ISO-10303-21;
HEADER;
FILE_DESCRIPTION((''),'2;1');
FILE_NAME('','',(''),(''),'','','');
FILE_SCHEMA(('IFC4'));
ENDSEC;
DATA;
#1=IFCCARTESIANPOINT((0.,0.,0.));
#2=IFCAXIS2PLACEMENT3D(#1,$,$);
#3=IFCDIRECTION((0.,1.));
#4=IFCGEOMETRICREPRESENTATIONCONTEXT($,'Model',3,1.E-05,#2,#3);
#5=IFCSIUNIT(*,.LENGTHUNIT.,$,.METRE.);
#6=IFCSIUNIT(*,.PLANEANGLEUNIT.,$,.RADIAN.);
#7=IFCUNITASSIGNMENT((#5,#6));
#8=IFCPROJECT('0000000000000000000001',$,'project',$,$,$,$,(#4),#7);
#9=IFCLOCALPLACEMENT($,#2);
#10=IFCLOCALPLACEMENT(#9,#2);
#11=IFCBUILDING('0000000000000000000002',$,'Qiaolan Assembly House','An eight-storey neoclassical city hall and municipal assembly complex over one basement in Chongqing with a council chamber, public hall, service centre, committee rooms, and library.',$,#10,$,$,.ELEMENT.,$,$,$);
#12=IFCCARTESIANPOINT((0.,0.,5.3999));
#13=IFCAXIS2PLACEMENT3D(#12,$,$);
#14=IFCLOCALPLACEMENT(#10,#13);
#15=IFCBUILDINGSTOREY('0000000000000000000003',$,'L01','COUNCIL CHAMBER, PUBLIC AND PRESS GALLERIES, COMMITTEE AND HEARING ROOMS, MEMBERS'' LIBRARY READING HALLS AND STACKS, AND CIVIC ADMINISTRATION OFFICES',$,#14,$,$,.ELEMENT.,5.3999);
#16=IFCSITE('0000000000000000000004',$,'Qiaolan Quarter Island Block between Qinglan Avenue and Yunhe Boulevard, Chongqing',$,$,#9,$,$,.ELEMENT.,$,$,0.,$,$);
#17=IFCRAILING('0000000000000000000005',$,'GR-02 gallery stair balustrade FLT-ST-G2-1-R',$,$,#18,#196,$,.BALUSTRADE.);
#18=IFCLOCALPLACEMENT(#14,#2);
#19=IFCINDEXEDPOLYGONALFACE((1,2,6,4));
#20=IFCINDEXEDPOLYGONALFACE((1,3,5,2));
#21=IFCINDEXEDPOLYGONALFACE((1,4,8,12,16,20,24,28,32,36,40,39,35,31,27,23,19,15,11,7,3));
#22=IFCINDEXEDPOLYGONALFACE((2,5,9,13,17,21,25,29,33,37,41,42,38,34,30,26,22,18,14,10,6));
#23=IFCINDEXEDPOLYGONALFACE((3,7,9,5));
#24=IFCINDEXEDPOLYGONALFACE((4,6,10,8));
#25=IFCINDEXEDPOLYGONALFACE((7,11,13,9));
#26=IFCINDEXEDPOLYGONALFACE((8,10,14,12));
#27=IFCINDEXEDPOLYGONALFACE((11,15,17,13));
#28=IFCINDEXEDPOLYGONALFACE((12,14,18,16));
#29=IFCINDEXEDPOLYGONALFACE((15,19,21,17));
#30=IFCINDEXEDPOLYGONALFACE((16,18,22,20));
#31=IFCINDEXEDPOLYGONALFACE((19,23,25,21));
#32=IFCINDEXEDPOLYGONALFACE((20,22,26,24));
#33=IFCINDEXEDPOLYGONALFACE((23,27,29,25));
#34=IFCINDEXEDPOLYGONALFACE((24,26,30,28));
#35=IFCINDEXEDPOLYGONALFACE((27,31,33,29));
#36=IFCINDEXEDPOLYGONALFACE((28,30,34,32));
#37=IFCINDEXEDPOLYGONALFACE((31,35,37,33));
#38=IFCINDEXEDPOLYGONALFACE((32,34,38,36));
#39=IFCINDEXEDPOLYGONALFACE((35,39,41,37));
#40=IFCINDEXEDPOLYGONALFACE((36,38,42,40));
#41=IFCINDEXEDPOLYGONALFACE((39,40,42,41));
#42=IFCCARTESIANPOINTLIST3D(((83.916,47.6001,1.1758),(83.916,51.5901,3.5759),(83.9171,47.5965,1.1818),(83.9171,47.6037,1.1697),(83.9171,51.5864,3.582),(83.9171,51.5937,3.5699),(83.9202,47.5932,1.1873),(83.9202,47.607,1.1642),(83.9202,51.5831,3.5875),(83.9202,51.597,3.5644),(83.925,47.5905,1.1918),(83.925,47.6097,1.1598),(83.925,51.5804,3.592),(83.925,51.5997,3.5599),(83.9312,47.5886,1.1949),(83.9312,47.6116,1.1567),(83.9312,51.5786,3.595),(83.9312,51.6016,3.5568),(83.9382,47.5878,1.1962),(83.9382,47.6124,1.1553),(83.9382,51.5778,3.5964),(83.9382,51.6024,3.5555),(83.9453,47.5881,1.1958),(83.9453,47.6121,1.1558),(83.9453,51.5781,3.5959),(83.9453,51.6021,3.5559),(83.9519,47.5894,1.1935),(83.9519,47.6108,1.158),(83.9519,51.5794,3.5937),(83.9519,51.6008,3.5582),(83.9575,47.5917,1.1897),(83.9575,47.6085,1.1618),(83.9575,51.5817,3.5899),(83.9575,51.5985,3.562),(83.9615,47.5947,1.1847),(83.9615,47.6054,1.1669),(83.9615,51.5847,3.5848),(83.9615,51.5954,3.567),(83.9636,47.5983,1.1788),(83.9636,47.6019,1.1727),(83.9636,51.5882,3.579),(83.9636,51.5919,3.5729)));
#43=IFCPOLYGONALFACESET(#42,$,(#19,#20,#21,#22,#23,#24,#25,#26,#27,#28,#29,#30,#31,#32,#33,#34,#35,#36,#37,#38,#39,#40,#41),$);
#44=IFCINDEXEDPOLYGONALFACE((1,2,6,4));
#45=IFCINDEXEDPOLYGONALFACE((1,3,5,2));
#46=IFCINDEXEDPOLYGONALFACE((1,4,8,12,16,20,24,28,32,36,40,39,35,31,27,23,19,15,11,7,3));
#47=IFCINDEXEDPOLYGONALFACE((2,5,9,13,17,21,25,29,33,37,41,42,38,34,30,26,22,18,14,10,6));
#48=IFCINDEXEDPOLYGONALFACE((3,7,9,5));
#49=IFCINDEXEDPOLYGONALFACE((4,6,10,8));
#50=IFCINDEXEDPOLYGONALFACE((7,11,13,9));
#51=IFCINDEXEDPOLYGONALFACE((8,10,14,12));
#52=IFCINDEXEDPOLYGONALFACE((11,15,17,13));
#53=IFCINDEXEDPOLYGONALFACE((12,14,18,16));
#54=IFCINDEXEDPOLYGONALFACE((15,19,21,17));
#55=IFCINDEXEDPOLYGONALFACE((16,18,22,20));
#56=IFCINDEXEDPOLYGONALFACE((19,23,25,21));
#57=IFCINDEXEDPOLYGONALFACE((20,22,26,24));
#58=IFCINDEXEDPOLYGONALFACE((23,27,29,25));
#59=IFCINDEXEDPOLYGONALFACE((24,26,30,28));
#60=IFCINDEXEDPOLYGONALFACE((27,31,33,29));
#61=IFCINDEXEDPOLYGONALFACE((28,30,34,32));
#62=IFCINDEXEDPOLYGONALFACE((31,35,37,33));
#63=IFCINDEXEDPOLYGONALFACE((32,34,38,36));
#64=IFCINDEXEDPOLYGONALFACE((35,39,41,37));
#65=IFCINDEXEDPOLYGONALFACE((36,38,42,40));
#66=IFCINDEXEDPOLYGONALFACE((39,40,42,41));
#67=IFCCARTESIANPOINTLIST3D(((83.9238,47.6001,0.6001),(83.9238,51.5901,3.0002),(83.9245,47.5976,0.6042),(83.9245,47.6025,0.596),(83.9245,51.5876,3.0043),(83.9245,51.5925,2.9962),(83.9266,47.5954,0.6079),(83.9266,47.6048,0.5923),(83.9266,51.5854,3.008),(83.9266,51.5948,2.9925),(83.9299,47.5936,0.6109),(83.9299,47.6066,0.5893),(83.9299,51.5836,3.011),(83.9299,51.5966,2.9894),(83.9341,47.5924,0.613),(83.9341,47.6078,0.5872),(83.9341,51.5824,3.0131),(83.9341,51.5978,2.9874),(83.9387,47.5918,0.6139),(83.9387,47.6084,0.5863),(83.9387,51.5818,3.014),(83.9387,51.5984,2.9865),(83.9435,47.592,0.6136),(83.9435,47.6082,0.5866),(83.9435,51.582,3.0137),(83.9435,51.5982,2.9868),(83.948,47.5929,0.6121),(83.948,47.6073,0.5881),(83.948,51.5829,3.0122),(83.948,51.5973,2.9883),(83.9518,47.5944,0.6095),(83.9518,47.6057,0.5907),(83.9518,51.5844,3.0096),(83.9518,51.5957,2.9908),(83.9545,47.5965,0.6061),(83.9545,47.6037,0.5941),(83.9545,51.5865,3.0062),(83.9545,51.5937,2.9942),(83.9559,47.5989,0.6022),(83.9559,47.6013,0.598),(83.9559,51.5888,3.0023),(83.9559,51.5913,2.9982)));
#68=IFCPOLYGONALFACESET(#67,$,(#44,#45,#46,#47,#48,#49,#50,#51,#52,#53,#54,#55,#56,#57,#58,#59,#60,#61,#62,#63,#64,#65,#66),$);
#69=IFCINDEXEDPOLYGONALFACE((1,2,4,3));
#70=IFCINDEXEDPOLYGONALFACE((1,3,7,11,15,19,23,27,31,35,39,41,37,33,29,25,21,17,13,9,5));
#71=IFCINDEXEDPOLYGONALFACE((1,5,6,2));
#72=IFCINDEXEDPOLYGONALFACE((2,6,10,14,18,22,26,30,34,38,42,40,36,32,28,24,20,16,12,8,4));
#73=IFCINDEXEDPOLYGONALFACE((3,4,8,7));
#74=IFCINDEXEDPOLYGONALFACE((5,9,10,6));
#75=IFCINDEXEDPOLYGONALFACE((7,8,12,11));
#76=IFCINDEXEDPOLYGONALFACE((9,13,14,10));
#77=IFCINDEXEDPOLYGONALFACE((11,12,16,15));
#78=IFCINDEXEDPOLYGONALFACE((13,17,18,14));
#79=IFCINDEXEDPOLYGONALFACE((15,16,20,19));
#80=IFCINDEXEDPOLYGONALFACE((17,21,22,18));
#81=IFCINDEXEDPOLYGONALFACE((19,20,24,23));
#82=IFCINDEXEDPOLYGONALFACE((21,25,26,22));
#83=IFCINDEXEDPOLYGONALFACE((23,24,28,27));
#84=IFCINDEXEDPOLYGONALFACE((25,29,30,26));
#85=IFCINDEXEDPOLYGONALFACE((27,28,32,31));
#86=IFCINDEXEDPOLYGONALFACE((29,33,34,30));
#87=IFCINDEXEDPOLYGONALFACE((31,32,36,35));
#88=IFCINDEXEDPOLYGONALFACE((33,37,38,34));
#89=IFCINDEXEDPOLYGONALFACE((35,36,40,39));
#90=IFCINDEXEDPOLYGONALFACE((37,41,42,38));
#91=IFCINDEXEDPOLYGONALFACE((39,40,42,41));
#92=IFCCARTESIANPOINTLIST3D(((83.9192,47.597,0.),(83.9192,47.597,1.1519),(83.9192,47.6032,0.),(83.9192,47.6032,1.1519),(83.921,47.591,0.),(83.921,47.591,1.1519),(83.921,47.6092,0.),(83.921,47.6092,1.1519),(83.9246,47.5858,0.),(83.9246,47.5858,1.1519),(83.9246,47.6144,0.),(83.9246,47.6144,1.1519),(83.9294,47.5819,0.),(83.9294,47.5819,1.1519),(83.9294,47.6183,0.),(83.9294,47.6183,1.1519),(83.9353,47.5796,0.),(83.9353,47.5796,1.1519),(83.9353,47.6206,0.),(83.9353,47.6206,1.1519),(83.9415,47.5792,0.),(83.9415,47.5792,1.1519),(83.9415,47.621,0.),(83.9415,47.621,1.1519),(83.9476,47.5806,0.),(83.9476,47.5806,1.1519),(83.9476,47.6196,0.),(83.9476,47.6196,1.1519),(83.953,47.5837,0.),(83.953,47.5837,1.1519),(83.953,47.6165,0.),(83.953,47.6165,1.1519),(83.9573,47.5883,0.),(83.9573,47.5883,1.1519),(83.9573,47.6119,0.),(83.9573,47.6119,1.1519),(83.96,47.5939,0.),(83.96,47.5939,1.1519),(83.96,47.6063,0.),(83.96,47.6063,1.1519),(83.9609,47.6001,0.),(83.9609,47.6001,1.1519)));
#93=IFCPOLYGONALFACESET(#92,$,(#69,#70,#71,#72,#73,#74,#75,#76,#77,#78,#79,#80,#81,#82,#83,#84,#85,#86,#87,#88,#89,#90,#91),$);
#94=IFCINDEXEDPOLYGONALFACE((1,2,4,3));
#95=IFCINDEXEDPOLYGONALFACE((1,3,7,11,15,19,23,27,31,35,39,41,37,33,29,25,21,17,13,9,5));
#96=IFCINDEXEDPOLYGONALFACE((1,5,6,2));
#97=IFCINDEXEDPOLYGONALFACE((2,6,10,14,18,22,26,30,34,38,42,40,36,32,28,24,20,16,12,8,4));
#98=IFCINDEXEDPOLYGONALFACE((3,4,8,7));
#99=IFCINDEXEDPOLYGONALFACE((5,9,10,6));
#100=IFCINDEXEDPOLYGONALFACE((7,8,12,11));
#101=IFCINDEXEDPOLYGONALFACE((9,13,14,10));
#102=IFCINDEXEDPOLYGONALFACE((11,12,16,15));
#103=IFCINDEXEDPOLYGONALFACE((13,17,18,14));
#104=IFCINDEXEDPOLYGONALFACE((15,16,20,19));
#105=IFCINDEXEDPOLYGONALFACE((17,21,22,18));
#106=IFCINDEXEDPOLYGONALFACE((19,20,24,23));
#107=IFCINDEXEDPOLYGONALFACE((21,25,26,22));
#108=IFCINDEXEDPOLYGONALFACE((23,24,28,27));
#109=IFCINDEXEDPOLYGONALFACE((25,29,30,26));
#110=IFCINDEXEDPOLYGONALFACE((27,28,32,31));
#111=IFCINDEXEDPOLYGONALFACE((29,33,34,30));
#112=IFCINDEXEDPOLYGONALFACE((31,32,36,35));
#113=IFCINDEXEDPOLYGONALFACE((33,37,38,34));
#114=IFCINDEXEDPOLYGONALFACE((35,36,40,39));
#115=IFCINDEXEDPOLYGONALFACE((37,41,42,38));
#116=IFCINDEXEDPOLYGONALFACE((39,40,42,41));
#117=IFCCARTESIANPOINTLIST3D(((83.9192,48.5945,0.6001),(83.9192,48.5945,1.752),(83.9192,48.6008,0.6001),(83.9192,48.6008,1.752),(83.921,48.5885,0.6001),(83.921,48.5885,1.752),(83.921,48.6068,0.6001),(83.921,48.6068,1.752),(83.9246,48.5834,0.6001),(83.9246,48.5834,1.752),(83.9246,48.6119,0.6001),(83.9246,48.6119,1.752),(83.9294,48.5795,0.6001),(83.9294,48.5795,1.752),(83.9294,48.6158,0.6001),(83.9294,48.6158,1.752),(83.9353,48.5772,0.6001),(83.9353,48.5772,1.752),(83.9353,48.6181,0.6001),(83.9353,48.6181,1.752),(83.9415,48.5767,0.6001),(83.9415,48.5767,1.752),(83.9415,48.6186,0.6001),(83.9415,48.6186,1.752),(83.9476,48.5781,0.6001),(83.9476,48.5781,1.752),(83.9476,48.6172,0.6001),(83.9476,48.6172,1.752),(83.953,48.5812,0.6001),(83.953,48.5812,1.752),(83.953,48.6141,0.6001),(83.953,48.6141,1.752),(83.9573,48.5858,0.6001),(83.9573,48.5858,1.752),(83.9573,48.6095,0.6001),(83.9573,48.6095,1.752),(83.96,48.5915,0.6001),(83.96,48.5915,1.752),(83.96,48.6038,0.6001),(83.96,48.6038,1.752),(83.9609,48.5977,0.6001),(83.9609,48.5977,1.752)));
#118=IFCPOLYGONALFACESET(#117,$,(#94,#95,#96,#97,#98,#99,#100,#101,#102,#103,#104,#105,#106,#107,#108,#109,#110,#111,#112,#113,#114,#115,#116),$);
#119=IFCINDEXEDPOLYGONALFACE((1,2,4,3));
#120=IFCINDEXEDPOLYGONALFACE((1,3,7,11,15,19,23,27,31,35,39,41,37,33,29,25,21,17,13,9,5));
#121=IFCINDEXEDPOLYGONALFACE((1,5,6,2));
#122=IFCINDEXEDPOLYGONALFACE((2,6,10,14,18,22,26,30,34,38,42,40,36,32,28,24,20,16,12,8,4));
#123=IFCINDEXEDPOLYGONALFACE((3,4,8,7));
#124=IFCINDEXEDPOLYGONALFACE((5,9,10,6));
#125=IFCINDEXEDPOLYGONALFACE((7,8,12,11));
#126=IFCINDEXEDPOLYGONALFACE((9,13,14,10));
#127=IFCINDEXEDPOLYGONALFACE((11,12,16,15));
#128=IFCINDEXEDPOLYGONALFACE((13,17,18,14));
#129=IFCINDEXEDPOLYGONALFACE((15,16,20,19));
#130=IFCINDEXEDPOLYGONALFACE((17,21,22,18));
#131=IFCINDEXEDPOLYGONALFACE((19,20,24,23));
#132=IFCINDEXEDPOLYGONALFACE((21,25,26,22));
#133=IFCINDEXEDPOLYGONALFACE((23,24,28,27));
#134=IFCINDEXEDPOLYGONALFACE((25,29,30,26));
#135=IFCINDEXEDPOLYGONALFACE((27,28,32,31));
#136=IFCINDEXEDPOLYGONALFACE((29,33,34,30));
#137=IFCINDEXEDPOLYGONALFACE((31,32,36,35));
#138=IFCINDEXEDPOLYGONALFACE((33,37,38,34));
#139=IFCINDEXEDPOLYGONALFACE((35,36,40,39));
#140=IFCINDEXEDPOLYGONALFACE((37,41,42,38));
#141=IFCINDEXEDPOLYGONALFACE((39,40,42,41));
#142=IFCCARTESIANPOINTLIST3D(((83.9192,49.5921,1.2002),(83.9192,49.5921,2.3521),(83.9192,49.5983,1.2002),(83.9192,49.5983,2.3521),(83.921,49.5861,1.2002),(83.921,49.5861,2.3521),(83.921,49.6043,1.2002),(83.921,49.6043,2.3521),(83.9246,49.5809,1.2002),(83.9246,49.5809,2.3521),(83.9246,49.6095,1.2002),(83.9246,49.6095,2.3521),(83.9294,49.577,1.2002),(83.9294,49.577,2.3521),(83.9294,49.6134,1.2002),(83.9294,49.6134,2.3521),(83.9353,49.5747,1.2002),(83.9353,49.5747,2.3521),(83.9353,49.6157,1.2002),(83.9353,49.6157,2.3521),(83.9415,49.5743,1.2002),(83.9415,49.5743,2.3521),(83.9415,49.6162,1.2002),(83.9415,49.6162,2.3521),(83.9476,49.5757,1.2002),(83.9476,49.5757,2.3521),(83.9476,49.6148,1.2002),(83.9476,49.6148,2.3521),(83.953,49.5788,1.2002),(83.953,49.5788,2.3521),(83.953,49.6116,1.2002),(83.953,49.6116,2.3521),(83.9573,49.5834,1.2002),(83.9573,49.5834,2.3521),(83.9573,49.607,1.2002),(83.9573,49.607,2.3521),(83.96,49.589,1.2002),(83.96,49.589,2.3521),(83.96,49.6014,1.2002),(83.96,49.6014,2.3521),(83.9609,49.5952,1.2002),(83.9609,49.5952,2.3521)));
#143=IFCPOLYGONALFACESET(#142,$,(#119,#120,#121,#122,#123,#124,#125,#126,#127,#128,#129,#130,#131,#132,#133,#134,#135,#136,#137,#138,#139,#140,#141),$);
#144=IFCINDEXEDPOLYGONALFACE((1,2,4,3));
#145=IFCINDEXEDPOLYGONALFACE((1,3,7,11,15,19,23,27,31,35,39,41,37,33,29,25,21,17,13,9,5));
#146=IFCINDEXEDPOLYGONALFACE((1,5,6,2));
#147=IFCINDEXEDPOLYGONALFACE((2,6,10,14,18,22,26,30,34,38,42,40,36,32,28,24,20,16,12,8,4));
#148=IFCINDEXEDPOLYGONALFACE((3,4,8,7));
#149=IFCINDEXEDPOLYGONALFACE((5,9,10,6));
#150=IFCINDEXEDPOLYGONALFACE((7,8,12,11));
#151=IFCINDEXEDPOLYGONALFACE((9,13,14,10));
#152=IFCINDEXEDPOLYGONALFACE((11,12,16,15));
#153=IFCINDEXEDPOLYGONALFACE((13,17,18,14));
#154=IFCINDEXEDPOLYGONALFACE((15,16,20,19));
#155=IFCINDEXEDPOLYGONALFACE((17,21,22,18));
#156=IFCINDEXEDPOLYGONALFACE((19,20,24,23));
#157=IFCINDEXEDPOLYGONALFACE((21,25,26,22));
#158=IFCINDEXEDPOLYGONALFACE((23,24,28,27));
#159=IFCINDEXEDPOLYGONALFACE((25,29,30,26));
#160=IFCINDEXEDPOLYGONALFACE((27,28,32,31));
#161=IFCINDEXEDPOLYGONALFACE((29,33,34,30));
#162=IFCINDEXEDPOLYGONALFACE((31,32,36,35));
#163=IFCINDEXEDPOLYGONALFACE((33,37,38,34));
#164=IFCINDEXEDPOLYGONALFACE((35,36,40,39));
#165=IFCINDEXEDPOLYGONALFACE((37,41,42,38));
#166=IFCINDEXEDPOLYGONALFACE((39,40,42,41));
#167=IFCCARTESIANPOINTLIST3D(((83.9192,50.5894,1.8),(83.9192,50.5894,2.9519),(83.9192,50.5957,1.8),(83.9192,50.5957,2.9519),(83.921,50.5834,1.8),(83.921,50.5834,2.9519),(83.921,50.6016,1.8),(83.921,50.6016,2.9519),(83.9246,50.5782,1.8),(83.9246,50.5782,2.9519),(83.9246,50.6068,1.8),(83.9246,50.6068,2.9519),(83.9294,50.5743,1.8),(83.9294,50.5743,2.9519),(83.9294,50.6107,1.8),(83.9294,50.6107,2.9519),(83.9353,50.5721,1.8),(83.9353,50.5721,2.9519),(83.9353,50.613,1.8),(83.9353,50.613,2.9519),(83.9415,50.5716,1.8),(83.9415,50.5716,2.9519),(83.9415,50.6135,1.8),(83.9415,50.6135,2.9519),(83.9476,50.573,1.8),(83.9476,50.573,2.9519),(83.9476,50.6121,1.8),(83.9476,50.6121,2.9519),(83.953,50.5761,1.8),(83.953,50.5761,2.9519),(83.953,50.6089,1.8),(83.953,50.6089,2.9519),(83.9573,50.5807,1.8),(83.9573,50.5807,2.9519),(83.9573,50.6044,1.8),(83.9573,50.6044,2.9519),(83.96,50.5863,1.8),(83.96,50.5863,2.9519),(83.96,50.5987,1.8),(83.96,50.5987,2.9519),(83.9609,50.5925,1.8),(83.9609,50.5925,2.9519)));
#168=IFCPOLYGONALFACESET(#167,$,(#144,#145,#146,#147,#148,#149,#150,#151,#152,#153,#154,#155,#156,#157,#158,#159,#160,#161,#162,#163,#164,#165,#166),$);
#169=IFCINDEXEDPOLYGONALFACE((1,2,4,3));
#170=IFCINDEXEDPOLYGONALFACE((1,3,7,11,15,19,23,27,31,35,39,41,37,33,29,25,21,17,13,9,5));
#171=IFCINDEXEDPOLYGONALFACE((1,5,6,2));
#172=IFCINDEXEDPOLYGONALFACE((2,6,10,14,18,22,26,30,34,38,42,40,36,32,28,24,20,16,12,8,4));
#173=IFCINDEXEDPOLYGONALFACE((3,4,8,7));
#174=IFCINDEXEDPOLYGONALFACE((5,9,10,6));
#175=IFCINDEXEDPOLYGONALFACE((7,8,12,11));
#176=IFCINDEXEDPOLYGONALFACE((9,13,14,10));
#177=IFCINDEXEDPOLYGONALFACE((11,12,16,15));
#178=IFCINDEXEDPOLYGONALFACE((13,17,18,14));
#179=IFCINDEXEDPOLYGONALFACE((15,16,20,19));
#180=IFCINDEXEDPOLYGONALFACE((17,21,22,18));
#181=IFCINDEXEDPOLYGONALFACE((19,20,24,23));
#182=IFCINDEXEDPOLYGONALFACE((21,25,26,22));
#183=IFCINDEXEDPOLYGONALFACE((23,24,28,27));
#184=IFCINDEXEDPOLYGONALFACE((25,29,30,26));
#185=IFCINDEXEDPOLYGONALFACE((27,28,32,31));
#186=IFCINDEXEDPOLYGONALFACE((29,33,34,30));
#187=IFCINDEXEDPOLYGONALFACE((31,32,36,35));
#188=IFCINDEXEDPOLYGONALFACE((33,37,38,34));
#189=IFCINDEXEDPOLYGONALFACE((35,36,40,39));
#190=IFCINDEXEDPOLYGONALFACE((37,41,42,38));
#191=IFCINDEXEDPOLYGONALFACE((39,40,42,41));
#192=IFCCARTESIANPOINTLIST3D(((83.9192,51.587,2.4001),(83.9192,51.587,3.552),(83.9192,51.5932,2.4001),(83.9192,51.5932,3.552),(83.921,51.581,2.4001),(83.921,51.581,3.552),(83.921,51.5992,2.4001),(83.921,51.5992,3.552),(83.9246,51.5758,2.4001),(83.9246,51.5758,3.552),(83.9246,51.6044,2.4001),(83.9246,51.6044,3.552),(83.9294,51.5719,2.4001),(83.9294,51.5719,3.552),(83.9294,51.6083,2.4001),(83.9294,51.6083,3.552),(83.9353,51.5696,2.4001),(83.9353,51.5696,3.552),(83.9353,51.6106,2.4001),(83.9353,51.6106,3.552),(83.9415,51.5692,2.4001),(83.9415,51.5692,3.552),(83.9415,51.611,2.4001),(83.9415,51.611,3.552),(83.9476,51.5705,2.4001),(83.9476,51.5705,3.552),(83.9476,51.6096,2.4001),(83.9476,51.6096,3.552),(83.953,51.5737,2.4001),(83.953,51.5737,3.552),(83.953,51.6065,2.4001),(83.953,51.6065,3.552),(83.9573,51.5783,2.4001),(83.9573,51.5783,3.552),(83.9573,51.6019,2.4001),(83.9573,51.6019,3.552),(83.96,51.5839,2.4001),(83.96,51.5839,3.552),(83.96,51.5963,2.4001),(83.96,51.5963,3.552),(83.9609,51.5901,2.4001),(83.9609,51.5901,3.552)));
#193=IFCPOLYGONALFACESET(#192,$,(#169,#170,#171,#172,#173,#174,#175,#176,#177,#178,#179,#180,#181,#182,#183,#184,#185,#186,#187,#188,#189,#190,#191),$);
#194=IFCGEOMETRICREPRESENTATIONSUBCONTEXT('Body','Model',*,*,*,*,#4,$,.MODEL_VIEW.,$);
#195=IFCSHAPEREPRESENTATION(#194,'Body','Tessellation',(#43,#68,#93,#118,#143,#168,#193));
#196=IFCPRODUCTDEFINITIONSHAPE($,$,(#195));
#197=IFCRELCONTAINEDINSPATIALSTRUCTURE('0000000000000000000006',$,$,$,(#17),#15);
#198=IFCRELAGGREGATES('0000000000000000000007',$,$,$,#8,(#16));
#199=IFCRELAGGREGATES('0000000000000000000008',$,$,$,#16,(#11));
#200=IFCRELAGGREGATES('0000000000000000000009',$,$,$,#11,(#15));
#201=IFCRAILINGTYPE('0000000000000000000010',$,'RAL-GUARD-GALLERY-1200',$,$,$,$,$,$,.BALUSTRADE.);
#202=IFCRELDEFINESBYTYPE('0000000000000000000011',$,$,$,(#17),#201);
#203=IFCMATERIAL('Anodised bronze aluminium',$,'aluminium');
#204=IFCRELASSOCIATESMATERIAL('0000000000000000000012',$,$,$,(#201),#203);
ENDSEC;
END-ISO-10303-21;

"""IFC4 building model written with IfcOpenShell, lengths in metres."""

from ifc_helpers import new_model, si_unit, direction, frame, origin, origin_2d, place, context, subcontext, project, spatial, circle, extrude, material, type_object, element, save


model = new_model("IFC4")

# Units and contexts
model_context = context("Model", 3, precision=1e-05, world=origin(), true_north=direction((0.0, 1.0)))
body_context = subcontext(model_context, "Body", "Model", "MODEL_VIEW")
ifc_project = project(units=[si_unit("LENGTHUNIT", "METRE"), si_unit("PLANEANGLEUNIT", "RADIAN")], contexts=[model_context])

# Site, building, storey
site_placement = place(None, origin())
site = spatial("IfcSite", under=ifc_project, at=site_placement, Name="Qiaolan Quarter Island Block between Qinglan Avenue and Yunhe Boulevard, Chongqing", CompositionType="ELEMENT", RefElevation=0.0)
building_placement = place(site_placement, origin())
building = spatial("IfcBuilding", under=site, at=building_placement, Name="Qiaolan Assembly House", Description="An eight-storey neoclassical city hall and municipal assembly complex over one basement in Chongqing with a council chamber, public hall, service centre, committee rooms, and library.", CompositionType="ELEMENT")
storey_placement = place(building_placement, frame((0.0, 0.0, 5.3999)))
storey = spatial("IfcBuildingStorey", under=building, at=storey_placement, Name="L01", Description="COUNCIL CHAMBER, PUBLIC AND PRESS GALLERIES, COMMITTEE AND HEARING ROOMS, MEMBERS' LIBRARY READING HALLS AND STACKS, AND CIVIC ADMINISTRATION OFFICES", CompositionType="ELEMENT", Elevation=5.3999)

# Shared definitions
ifc_material_1 = material(Name="Anodised bronze aluminium", Category="aluminium")

# Railing
railing_type_1 = type_object("IfcRailingType", Name="RAL-GUARD-GALLERY-1200", PredefinedType="BALUSTRADE", material=ifc_material_1)
for number, where, name in (
    (1, (83.9399, 47.6001, 0.0), "GR-02 gallery stair balustrade FLT-ST-G2-1-R"),
):
    element("IfcRailing", number, at=place(storey_placement, frame(where)), inside=storey, type_object=railing_type_1, Name=name, PredefinedType="BALUSTRADE", context=body_context, shape_type="SweptSolid", body=[
        extrude(circle(Radius=0.0239, at=origin_2d()), frame((0.0, 0.0, 1.1758), z_axis=(0.0, 0.856909, 0.515467), x_axis=(-1.0, 0.0, 0.0)), (0.0, 0.0, 1.0), 4.6562),
        extrude(circle(Radius=0.0161, at=origin_2d()), frame((0.0, 0.0, 0.6001), z_axis=(0.0, 0.856909, 0.515467), x_axis=(-1.0, 0.0, 0.0)), (0.0, 0.0, 1.0), 4.6562),
        extrude(circle(Radius=0.021, at=origin_2d()), origin(), (0.0, 0.0, 1.0), 1.1519),
        extrude(circle(Radius=0.021, at=origin_2d()), frame((0.0, 0.9976, 0.6001)), (0.0, 0.0, 1.0), 1.1519),
        extrude(circle(Radius=0.021, at=origin_2d()), frame((0.0, 1.9951, 1.2002)), (0.0, 0.0, 1.0), 1.1519),
        extrude(circle(Radius=0.021, at=origin_2d()), frame((0.0, 2.9924, 1.8)), (0.0, 0.0, 1.0), 1.1519),
        extrude(circle(Radius=0.021, at=origin_2d()), frame((0.0, 3.99, 2.4001)), (0.0, 0.0, 1.0), 1.1519),
    ])

save(model, "model.ifc")
